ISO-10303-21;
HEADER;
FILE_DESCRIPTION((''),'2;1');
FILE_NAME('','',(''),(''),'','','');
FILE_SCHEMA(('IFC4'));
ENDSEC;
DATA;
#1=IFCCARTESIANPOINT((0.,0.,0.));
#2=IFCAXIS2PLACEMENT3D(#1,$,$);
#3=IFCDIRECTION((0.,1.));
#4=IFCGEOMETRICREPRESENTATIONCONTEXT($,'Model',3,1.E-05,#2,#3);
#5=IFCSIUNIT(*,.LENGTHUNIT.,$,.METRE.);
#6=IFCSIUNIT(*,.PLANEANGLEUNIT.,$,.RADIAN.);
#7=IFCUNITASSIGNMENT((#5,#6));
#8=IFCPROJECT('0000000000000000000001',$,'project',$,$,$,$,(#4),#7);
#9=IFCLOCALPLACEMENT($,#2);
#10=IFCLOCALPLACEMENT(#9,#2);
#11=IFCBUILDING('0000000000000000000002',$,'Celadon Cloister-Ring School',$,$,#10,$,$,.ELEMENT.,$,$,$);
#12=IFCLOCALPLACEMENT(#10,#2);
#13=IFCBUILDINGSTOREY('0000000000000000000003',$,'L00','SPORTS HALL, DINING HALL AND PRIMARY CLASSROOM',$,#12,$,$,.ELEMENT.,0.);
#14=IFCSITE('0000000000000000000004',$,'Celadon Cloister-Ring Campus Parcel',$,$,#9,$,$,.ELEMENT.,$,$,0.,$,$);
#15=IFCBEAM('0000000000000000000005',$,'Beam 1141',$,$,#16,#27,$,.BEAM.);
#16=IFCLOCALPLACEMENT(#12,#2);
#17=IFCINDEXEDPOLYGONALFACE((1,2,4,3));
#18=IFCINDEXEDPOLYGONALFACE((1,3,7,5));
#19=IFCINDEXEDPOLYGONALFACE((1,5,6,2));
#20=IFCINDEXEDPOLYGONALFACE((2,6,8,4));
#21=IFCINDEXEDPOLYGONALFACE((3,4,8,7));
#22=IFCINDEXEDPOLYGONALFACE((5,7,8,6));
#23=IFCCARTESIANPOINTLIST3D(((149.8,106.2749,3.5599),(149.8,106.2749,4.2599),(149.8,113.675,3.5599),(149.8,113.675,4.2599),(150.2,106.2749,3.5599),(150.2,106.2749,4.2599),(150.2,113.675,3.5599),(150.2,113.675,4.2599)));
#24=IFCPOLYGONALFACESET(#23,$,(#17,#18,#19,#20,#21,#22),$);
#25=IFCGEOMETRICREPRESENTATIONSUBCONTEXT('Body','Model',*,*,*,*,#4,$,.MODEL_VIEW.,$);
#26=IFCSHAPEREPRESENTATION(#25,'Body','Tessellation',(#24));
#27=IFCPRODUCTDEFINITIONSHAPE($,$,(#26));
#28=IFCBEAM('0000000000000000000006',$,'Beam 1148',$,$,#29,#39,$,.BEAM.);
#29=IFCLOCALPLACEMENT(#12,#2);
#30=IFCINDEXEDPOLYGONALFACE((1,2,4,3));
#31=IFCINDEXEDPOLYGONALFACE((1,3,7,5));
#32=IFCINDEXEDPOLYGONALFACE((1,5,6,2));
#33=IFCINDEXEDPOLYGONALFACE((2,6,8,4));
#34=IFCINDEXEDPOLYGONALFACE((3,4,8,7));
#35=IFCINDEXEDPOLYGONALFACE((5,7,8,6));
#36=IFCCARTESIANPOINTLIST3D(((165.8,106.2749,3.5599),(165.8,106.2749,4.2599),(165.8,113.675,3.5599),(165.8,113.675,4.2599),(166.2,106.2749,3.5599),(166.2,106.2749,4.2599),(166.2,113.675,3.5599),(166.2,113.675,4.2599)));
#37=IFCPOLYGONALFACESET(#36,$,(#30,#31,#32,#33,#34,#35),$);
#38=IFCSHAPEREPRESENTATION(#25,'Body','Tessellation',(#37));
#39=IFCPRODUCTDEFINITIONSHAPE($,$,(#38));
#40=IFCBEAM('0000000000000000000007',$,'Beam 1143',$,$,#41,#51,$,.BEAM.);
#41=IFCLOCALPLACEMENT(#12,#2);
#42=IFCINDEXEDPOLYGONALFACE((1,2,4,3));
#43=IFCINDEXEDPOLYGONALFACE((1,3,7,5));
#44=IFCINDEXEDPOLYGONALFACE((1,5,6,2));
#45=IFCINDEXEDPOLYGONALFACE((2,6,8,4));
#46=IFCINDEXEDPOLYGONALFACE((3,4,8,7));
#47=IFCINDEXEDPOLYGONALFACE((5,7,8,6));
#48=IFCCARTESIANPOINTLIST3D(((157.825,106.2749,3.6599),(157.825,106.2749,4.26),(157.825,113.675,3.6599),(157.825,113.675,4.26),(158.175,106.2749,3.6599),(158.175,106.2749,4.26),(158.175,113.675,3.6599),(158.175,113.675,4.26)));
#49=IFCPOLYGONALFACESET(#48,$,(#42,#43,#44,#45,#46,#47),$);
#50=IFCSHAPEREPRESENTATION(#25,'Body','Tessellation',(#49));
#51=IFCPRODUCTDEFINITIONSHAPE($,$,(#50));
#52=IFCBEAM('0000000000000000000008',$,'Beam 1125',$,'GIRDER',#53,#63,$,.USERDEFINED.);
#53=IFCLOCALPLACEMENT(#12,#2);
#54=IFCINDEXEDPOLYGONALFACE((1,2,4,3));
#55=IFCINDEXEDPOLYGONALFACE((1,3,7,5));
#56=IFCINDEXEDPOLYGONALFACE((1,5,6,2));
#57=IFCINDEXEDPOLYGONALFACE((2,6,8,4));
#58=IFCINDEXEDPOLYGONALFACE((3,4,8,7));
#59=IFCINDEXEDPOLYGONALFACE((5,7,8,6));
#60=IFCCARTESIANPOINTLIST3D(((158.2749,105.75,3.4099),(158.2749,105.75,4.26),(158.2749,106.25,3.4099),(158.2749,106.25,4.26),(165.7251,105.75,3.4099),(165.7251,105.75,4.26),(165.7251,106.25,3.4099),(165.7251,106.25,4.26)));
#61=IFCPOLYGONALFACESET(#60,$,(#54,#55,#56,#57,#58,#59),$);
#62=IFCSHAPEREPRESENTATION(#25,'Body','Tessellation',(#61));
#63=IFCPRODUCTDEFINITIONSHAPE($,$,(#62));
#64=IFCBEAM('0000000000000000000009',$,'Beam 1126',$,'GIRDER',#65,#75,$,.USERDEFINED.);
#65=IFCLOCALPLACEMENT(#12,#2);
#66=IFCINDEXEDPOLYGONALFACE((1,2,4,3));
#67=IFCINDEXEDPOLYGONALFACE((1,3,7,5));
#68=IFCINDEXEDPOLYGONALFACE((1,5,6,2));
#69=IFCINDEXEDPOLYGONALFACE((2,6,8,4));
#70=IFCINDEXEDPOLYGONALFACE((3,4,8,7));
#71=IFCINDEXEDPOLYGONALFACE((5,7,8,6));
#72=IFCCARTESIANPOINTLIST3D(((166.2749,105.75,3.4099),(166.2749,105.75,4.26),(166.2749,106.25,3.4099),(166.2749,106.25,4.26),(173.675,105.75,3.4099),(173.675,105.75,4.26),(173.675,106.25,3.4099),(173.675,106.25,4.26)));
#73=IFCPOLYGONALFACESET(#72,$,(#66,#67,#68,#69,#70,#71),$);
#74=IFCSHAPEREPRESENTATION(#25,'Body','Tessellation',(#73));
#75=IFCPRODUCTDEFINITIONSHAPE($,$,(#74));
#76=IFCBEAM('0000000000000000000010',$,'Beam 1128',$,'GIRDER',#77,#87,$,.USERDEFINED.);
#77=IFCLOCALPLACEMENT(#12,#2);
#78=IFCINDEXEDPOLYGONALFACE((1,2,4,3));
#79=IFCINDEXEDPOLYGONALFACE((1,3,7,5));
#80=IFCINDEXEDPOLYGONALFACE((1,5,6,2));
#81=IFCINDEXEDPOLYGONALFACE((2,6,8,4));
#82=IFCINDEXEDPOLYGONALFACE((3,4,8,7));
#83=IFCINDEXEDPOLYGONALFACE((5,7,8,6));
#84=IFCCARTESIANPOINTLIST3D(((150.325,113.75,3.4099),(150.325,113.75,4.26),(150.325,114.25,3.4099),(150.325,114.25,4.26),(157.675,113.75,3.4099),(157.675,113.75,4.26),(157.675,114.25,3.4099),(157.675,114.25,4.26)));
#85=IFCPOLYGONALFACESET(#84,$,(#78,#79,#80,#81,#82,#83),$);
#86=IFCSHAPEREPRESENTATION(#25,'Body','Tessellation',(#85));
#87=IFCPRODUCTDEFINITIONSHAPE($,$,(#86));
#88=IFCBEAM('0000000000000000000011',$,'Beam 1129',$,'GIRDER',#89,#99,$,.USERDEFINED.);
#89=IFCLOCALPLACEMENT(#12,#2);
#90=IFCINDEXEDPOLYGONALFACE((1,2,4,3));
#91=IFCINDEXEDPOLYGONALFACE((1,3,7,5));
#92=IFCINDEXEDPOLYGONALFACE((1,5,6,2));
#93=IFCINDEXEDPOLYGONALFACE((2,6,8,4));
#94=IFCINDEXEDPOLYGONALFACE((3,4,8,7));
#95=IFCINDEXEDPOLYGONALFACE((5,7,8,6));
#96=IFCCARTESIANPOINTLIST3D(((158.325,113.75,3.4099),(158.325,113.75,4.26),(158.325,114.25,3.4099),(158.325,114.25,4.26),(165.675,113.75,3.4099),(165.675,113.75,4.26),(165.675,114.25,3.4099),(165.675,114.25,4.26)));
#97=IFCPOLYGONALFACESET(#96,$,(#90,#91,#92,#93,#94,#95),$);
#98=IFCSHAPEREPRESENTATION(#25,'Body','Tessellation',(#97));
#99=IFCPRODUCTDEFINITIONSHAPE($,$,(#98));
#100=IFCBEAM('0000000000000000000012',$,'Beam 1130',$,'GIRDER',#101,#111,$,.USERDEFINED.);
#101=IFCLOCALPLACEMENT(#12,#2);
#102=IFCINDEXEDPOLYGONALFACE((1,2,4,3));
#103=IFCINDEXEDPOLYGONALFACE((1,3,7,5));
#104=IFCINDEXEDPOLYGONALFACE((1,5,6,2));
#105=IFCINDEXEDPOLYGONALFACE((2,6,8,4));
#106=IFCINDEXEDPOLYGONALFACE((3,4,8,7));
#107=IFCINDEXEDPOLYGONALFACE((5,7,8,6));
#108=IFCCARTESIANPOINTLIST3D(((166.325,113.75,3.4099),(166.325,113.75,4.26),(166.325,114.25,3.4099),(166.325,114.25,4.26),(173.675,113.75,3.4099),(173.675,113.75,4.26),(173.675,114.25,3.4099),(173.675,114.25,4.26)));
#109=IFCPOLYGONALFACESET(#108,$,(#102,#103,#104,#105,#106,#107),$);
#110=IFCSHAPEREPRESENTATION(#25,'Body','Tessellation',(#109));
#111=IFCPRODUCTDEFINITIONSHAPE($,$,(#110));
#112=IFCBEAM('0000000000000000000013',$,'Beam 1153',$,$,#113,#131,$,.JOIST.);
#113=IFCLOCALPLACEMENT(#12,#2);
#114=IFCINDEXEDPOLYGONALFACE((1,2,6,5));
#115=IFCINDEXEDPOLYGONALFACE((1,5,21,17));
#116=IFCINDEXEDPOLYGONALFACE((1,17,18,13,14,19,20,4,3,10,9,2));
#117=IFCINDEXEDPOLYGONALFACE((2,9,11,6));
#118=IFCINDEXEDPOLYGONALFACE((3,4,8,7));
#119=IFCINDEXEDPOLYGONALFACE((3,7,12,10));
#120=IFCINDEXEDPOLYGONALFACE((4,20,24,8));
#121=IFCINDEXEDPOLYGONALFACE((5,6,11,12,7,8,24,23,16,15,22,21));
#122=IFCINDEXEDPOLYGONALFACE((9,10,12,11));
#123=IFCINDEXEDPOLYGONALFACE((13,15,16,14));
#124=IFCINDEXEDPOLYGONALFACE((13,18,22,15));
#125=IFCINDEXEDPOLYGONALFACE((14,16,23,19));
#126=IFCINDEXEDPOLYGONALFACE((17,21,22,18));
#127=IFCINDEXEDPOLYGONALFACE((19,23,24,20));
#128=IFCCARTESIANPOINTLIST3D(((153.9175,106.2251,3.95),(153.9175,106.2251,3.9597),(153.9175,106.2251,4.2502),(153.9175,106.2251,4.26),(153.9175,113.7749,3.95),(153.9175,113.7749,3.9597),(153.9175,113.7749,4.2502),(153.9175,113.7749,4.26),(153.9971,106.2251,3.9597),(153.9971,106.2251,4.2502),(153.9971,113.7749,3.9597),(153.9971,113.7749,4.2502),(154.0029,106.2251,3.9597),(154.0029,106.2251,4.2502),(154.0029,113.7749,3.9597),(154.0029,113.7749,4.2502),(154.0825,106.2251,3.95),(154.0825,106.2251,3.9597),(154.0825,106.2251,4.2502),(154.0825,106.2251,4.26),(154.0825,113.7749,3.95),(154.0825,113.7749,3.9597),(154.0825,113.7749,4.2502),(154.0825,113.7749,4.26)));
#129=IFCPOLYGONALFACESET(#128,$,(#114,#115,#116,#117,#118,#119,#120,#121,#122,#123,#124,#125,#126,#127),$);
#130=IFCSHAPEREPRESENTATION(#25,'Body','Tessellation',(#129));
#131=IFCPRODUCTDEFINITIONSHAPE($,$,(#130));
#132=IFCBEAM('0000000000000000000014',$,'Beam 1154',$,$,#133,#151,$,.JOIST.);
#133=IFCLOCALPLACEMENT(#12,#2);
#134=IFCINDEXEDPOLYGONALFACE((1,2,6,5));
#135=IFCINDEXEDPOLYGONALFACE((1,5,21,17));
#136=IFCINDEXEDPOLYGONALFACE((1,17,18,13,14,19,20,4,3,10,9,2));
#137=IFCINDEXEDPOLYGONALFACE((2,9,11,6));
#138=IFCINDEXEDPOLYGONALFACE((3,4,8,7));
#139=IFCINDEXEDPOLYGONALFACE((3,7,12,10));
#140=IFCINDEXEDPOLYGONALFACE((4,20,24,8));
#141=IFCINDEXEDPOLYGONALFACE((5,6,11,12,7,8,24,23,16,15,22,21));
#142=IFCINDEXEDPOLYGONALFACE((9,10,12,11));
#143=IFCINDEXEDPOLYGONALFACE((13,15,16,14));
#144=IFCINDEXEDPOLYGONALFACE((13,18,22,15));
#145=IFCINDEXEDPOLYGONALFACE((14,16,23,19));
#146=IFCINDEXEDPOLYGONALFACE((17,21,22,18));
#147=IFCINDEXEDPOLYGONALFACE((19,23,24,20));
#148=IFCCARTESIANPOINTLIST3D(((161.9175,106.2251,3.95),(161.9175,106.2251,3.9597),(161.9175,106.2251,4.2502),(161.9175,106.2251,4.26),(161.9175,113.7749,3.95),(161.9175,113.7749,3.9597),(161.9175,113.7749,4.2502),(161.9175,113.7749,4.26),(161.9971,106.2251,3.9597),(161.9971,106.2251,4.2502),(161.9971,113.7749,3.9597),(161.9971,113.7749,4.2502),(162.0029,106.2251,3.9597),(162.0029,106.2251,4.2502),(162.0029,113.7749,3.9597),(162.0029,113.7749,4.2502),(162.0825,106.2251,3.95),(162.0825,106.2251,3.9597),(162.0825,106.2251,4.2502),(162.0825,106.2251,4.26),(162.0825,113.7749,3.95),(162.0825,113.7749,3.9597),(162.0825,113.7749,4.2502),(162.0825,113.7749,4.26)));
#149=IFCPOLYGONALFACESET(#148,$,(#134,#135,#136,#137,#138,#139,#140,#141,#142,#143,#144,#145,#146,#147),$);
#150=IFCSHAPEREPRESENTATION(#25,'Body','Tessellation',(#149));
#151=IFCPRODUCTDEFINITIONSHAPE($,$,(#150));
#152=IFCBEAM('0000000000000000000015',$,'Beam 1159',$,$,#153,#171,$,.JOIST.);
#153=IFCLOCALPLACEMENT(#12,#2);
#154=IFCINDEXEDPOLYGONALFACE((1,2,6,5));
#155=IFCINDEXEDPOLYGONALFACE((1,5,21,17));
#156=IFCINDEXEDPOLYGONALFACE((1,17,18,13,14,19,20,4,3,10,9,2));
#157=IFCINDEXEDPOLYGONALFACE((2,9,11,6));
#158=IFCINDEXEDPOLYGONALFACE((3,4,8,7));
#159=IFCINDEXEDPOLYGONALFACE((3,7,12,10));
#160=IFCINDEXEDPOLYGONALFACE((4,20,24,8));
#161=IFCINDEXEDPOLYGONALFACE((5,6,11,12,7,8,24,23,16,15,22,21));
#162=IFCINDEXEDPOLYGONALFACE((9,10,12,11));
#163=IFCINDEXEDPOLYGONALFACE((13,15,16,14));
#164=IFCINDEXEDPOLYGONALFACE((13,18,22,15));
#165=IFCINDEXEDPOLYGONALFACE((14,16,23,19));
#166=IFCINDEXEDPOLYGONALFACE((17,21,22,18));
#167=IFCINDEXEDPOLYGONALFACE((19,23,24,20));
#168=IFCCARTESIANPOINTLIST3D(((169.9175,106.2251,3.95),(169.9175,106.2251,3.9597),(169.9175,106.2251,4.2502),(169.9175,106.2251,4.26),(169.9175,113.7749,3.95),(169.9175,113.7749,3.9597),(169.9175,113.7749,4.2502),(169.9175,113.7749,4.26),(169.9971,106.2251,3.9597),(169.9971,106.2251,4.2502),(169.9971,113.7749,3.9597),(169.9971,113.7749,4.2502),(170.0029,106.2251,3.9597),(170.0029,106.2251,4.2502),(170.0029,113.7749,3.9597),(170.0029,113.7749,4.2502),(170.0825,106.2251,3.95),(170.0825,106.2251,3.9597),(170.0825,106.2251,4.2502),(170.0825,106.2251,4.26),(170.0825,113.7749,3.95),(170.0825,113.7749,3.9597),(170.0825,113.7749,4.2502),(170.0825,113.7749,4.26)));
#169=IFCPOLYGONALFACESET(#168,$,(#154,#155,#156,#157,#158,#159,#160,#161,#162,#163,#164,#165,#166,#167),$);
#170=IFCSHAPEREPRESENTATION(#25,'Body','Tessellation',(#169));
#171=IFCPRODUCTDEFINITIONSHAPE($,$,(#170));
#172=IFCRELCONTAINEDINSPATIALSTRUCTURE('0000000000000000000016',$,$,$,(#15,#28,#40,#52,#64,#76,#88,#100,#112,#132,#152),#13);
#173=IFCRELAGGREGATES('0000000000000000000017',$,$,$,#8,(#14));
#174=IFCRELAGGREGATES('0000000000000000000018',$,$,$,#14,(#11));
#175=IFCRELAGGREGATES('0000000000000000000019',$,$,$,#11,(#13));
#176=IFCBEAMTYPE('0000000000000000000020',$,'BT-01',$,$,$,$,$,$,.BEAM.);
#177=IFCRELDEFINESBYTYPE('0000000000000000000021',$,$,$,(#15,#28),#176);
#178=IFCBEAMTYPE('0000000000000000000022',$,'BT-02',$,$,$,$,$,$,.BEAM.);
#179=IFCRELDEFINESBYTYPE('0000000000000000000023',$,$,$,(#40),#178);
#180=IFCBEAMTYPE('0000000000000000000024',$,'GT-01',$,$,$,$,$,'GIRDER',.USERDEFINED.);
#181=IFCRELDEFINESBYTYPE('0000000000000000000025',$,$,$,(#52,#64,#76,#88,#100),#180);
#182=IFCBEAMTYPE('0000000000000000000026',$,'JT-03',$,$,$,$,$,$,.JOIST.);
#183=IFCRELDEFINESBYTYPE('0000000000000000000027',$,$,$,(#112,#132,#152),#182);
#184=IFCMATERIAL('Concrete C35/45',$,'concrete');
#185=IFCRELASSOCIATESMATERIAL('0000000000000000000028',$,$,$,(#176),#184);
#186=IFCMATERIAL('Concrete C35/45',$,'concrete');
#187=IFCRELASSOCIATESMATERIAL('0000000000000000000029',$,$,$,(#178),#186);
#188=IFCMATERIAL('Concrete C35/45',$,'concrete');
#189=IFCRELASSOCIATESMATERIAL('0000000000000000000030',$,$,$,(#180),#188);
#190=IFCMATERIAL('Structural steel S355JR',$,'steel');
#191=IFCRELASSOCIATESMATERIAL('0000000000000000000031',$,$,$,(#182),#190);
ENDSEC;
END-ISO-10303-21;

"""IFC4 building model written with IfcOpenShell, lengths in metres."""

from ifc_helpers import new_model, si_unit, direction, frame, origin, origin_2d, place, context, subcontext, project, spatial, rectangle, i_section, extrude, material, material_profile, profile_set, type_object, element, save


model = new_model("IFC4")

# Units and contexts
model_context = context("Model", 3, precision=1e-05, world=origin(), true_north=direction((0.0, 1.0)))
body_context = subcontext(model_context, "Body", "Model", "MODEL_VIEW")
ifc_project = project(units=[si_unit("LENGTHUNIT", "METRE"), si_unit("PLANEANGLEUNIT", "RADIAN")], contexts=[model_context])

# Site, building, storey
site_placement = place(None, origin())
site = spatial("IfcSite", under=ifc_project, at=site_placement, Name="Celadon Cloister-Ring Campus Parcel", CompositionType="ELEMENT", RefElevation=0.0)
building_placement = place(site_placement, origin())
building = spatial("IfcBuilding", under=site, at=building_placement, Name="Celadon Cloister-Ring School", CompositionType="ELEMENT")
storey_placement = place(building_placement, origin())
storey = spatial("IfcBuildingStorey", under=building, at=storey_placement, Name="L00", Description="SPORTS HALL, DINING HALL AND PRIMARY CLASSROOM", CompositionType="ELEMENT", Elevation=0.0)

# Beams
ifc_material_1 = material(Name="Concrete C35/45", Category="concrete")
ifc_material_profile_1 = material_profile(ifc_material_1, rectangle(XDim=0.3999, YDim=0.7, at=origin_2d()), Name="RC400X700")
ifc_profile_set_1 = profile_set([ifc_material_profile_1], Name="Concrete C35/45")
beam_type_1 = type_object("IfcBeamType", Name="BT-01", PredefinedType="BEAM", material=ifc_profile_set_1)
for number, where, z_axis, x_axis, name in (
    (1, (150.0, 106.2749, 3.9099), (0.0, 1.0, 0.0), (-1.0, 0.0, 0.0), "Beam 1141"),
    (2, (166.0, 106.2749, 3.9099), (0.0, 1.0, 0.0), (-1.0, 0.0, 0.0), "Beam 1148"),
):
    element("IfcBeam", number, at=place(storey_placement, frame(where, z_axis=z_axis, x_axis=x_axis)), inside=storey, type_object=beam_type_1, Name=name, PredefinedType="BEAM", context=body_context, shape_type="SweptSolid", body=[
        extrude(rectangle(XDim=0.3999, YDim=0.7, at=origin_2d()), origin(), (0.0, 0.0, 1.0), 7.4001),
    ])
ifc_material_2 = material(Name="Concrete C35/45", Category="concrete")
ifc_material_profile_2 = material_profile(ifc_material_2, rectangle(XDim=0.3501, YDim=0.6001, at=origin_2d()), Name="RC350X600")
ifc_profile_set_2 = profile_set([ifc_material_profile_2], Name="Concrete C35/45")
beam_type_2 = type_object("IfcBeamType", Name="BT-02", PredefinedType="BEAM", material=ifc_profile_set_2)
beam_1_placement = place(storey_placement, frame((158.0, 106.2749, 3.96), z_axis=(0.0, 1.0, 0.0), x_axis=(-1.0, 0.0, 0.0)))
element("IfcBeam", 3, at=beam_1_placement, inside=storey, type_object=beam_type_2, Name="Beam 1143", PredefinedType="BEAM", context=body_context, shape_type="SweptSolid", body=[
    extrude(rectangle(XDim=0.3501, YDim=0.6001, at=origin_2d()), origin(), (0.0, 0.0, 1.0), 7.4001),
])
ifc_material_3 = material(Name="Concrete C35/45", Category="concrete")
ifc_material_profile_3 = material_profile(ifc_material_3, rectangle(XDim=0.5, YDim=0.8501, at=origin_2d()), Name="RC500X850")
ifc_profile_set_3 = profile_set([ifc_material_profile_3], Name="Concrete C35/45")
beam_type_3 = type_object("IfcBeamType", Name="GT-01", ElementType="GIRDER", PredefinedType="USERDEFINED", material=ifc_profile_set_3)
beam_2_placement = place(storey_placement, frame((158.2749, 106.0, 3.835), z_axis=(1.0, 0.0, 0.0), x_axis=(0.0, 1.0, 0.0)))
element("IfcBeam", 4, at=beam_2_placement, inside=storey, type_object=beam_type_3, Name="Beam 1125", ObjectType="GIRDER", PredefinedType="USERDEFINED", context=body_context, shape_type="SweptSolid", body=[
    extrude(rectangle(XDim=0.5, YDim=0.8501, at=origin_2d()), origin(), (0.0, 0.0, 1.0), 7.4502),
])
beam_3_placement = place(storey_placement, frame((166.2749, 106.0, 3.835), z_axis=(1.0, 0.0, 0.0), x_axis=(0.0, 1.0, 0.0)))
element("IfcBeam", 5, at=beam_3_placement, inside=storey, type_object=beam_type_3, Name="Beam 1126", ObjectType="GIRDER", PredefinedType="USERDEFINED", context=body_context, shape_type="SweptSolid", body=[
    extrude(rectangle(XDim=0.5, YDim=0.8501, at=origin_2d()), origin(), (0.0, 0.0, 1.0), 7.4001),
])
for number, where, z_axis, x_axis, name in (
    (6, (150.325, 114.0, 3.835), (1.0, 0.0, 0.0), (0.0, 1.0, 0.0), "Beam 1128"),
    (7, (158.325, 114.0, 3.835), (1.0, 0.0, 0.0), (0.0, 1.0, 0.0), "Beam 1129"),
    (8, (166.325, 114.0, 3.835), (1.0, 0.0, 0.0), (0.0, 1.0, 0.0), "Beam 1130"),
):
    element("IfcBeam", number, at=place(storey_placement, frame(where, z_axis=z_axis, x_axis=x_axis)), inside=storey, type_object=beam_type_3, Name=name, ObjectType="GIRDER", PredefinedType="USERDEFINED", context=body_context, shape_type="SweptSolid", body=[
        extrude(rectangle(XDim=0.5, YDim=0.8501, at=origin_2d()), origin(), (0.0, 0.0, 1.0), 7.3501),
    ])
ifc_material_4 = material(Name="Structural steel S355JR", Category="steel")
ifc_material_profile_4 = material_profile(ifc_material_4, i_section(OverallWidth=0.165, OverallDepth=0.3101, WebThickness=0.0059, FlangeThickness=0.0098, at=origin_2d()), Name="W310X39")
ifc_profile_set_4 = profile_set([ifc_material_profile_4], Name="Structural steel S355JR")
beam_type_4 = type_object("IfcBeamType", Name="JT-03", PredefinedType="JOIST", material=ifc_profile_set_4)
for number, where, z_axis, x_axis, name in (
    (9, (154.0, 106.2251, 4.105), (0.0, 1.0, 0.0), (-1.0, 0.0, 0.0), "Beam 1153"),
    (10, (162.0, 106.2251, 4.105), (0.0, 1.0, 0.0), (-1.0, 0.0, 0.0), "Beam 1154"),
    (11, (170.0, 106.2251, 4.105), (0.0, 1.0, 0.0), (-1.0, 0.0, 0.0), "Beam 1159"),
):
    element("IfcBeam", number, at=place(storey_placement, frame(where, z_axis=z_axis, x_axis=x_axis)), inside=storey, type_object=beam_type_4, Name=name, PredefinedType="JOIST", context=body_context, shape_type="SweptSolid", body=[
        extrude(i_section(OverallWidth=0.165, OverallDepth=0.3101, WebThickness=0.0059, FlangeThickness=0.0098, at=origin_2d()), origin(), (0.0, 0.0, 1.0), 7.5498),
    ])

save(model, "model.ifc")
